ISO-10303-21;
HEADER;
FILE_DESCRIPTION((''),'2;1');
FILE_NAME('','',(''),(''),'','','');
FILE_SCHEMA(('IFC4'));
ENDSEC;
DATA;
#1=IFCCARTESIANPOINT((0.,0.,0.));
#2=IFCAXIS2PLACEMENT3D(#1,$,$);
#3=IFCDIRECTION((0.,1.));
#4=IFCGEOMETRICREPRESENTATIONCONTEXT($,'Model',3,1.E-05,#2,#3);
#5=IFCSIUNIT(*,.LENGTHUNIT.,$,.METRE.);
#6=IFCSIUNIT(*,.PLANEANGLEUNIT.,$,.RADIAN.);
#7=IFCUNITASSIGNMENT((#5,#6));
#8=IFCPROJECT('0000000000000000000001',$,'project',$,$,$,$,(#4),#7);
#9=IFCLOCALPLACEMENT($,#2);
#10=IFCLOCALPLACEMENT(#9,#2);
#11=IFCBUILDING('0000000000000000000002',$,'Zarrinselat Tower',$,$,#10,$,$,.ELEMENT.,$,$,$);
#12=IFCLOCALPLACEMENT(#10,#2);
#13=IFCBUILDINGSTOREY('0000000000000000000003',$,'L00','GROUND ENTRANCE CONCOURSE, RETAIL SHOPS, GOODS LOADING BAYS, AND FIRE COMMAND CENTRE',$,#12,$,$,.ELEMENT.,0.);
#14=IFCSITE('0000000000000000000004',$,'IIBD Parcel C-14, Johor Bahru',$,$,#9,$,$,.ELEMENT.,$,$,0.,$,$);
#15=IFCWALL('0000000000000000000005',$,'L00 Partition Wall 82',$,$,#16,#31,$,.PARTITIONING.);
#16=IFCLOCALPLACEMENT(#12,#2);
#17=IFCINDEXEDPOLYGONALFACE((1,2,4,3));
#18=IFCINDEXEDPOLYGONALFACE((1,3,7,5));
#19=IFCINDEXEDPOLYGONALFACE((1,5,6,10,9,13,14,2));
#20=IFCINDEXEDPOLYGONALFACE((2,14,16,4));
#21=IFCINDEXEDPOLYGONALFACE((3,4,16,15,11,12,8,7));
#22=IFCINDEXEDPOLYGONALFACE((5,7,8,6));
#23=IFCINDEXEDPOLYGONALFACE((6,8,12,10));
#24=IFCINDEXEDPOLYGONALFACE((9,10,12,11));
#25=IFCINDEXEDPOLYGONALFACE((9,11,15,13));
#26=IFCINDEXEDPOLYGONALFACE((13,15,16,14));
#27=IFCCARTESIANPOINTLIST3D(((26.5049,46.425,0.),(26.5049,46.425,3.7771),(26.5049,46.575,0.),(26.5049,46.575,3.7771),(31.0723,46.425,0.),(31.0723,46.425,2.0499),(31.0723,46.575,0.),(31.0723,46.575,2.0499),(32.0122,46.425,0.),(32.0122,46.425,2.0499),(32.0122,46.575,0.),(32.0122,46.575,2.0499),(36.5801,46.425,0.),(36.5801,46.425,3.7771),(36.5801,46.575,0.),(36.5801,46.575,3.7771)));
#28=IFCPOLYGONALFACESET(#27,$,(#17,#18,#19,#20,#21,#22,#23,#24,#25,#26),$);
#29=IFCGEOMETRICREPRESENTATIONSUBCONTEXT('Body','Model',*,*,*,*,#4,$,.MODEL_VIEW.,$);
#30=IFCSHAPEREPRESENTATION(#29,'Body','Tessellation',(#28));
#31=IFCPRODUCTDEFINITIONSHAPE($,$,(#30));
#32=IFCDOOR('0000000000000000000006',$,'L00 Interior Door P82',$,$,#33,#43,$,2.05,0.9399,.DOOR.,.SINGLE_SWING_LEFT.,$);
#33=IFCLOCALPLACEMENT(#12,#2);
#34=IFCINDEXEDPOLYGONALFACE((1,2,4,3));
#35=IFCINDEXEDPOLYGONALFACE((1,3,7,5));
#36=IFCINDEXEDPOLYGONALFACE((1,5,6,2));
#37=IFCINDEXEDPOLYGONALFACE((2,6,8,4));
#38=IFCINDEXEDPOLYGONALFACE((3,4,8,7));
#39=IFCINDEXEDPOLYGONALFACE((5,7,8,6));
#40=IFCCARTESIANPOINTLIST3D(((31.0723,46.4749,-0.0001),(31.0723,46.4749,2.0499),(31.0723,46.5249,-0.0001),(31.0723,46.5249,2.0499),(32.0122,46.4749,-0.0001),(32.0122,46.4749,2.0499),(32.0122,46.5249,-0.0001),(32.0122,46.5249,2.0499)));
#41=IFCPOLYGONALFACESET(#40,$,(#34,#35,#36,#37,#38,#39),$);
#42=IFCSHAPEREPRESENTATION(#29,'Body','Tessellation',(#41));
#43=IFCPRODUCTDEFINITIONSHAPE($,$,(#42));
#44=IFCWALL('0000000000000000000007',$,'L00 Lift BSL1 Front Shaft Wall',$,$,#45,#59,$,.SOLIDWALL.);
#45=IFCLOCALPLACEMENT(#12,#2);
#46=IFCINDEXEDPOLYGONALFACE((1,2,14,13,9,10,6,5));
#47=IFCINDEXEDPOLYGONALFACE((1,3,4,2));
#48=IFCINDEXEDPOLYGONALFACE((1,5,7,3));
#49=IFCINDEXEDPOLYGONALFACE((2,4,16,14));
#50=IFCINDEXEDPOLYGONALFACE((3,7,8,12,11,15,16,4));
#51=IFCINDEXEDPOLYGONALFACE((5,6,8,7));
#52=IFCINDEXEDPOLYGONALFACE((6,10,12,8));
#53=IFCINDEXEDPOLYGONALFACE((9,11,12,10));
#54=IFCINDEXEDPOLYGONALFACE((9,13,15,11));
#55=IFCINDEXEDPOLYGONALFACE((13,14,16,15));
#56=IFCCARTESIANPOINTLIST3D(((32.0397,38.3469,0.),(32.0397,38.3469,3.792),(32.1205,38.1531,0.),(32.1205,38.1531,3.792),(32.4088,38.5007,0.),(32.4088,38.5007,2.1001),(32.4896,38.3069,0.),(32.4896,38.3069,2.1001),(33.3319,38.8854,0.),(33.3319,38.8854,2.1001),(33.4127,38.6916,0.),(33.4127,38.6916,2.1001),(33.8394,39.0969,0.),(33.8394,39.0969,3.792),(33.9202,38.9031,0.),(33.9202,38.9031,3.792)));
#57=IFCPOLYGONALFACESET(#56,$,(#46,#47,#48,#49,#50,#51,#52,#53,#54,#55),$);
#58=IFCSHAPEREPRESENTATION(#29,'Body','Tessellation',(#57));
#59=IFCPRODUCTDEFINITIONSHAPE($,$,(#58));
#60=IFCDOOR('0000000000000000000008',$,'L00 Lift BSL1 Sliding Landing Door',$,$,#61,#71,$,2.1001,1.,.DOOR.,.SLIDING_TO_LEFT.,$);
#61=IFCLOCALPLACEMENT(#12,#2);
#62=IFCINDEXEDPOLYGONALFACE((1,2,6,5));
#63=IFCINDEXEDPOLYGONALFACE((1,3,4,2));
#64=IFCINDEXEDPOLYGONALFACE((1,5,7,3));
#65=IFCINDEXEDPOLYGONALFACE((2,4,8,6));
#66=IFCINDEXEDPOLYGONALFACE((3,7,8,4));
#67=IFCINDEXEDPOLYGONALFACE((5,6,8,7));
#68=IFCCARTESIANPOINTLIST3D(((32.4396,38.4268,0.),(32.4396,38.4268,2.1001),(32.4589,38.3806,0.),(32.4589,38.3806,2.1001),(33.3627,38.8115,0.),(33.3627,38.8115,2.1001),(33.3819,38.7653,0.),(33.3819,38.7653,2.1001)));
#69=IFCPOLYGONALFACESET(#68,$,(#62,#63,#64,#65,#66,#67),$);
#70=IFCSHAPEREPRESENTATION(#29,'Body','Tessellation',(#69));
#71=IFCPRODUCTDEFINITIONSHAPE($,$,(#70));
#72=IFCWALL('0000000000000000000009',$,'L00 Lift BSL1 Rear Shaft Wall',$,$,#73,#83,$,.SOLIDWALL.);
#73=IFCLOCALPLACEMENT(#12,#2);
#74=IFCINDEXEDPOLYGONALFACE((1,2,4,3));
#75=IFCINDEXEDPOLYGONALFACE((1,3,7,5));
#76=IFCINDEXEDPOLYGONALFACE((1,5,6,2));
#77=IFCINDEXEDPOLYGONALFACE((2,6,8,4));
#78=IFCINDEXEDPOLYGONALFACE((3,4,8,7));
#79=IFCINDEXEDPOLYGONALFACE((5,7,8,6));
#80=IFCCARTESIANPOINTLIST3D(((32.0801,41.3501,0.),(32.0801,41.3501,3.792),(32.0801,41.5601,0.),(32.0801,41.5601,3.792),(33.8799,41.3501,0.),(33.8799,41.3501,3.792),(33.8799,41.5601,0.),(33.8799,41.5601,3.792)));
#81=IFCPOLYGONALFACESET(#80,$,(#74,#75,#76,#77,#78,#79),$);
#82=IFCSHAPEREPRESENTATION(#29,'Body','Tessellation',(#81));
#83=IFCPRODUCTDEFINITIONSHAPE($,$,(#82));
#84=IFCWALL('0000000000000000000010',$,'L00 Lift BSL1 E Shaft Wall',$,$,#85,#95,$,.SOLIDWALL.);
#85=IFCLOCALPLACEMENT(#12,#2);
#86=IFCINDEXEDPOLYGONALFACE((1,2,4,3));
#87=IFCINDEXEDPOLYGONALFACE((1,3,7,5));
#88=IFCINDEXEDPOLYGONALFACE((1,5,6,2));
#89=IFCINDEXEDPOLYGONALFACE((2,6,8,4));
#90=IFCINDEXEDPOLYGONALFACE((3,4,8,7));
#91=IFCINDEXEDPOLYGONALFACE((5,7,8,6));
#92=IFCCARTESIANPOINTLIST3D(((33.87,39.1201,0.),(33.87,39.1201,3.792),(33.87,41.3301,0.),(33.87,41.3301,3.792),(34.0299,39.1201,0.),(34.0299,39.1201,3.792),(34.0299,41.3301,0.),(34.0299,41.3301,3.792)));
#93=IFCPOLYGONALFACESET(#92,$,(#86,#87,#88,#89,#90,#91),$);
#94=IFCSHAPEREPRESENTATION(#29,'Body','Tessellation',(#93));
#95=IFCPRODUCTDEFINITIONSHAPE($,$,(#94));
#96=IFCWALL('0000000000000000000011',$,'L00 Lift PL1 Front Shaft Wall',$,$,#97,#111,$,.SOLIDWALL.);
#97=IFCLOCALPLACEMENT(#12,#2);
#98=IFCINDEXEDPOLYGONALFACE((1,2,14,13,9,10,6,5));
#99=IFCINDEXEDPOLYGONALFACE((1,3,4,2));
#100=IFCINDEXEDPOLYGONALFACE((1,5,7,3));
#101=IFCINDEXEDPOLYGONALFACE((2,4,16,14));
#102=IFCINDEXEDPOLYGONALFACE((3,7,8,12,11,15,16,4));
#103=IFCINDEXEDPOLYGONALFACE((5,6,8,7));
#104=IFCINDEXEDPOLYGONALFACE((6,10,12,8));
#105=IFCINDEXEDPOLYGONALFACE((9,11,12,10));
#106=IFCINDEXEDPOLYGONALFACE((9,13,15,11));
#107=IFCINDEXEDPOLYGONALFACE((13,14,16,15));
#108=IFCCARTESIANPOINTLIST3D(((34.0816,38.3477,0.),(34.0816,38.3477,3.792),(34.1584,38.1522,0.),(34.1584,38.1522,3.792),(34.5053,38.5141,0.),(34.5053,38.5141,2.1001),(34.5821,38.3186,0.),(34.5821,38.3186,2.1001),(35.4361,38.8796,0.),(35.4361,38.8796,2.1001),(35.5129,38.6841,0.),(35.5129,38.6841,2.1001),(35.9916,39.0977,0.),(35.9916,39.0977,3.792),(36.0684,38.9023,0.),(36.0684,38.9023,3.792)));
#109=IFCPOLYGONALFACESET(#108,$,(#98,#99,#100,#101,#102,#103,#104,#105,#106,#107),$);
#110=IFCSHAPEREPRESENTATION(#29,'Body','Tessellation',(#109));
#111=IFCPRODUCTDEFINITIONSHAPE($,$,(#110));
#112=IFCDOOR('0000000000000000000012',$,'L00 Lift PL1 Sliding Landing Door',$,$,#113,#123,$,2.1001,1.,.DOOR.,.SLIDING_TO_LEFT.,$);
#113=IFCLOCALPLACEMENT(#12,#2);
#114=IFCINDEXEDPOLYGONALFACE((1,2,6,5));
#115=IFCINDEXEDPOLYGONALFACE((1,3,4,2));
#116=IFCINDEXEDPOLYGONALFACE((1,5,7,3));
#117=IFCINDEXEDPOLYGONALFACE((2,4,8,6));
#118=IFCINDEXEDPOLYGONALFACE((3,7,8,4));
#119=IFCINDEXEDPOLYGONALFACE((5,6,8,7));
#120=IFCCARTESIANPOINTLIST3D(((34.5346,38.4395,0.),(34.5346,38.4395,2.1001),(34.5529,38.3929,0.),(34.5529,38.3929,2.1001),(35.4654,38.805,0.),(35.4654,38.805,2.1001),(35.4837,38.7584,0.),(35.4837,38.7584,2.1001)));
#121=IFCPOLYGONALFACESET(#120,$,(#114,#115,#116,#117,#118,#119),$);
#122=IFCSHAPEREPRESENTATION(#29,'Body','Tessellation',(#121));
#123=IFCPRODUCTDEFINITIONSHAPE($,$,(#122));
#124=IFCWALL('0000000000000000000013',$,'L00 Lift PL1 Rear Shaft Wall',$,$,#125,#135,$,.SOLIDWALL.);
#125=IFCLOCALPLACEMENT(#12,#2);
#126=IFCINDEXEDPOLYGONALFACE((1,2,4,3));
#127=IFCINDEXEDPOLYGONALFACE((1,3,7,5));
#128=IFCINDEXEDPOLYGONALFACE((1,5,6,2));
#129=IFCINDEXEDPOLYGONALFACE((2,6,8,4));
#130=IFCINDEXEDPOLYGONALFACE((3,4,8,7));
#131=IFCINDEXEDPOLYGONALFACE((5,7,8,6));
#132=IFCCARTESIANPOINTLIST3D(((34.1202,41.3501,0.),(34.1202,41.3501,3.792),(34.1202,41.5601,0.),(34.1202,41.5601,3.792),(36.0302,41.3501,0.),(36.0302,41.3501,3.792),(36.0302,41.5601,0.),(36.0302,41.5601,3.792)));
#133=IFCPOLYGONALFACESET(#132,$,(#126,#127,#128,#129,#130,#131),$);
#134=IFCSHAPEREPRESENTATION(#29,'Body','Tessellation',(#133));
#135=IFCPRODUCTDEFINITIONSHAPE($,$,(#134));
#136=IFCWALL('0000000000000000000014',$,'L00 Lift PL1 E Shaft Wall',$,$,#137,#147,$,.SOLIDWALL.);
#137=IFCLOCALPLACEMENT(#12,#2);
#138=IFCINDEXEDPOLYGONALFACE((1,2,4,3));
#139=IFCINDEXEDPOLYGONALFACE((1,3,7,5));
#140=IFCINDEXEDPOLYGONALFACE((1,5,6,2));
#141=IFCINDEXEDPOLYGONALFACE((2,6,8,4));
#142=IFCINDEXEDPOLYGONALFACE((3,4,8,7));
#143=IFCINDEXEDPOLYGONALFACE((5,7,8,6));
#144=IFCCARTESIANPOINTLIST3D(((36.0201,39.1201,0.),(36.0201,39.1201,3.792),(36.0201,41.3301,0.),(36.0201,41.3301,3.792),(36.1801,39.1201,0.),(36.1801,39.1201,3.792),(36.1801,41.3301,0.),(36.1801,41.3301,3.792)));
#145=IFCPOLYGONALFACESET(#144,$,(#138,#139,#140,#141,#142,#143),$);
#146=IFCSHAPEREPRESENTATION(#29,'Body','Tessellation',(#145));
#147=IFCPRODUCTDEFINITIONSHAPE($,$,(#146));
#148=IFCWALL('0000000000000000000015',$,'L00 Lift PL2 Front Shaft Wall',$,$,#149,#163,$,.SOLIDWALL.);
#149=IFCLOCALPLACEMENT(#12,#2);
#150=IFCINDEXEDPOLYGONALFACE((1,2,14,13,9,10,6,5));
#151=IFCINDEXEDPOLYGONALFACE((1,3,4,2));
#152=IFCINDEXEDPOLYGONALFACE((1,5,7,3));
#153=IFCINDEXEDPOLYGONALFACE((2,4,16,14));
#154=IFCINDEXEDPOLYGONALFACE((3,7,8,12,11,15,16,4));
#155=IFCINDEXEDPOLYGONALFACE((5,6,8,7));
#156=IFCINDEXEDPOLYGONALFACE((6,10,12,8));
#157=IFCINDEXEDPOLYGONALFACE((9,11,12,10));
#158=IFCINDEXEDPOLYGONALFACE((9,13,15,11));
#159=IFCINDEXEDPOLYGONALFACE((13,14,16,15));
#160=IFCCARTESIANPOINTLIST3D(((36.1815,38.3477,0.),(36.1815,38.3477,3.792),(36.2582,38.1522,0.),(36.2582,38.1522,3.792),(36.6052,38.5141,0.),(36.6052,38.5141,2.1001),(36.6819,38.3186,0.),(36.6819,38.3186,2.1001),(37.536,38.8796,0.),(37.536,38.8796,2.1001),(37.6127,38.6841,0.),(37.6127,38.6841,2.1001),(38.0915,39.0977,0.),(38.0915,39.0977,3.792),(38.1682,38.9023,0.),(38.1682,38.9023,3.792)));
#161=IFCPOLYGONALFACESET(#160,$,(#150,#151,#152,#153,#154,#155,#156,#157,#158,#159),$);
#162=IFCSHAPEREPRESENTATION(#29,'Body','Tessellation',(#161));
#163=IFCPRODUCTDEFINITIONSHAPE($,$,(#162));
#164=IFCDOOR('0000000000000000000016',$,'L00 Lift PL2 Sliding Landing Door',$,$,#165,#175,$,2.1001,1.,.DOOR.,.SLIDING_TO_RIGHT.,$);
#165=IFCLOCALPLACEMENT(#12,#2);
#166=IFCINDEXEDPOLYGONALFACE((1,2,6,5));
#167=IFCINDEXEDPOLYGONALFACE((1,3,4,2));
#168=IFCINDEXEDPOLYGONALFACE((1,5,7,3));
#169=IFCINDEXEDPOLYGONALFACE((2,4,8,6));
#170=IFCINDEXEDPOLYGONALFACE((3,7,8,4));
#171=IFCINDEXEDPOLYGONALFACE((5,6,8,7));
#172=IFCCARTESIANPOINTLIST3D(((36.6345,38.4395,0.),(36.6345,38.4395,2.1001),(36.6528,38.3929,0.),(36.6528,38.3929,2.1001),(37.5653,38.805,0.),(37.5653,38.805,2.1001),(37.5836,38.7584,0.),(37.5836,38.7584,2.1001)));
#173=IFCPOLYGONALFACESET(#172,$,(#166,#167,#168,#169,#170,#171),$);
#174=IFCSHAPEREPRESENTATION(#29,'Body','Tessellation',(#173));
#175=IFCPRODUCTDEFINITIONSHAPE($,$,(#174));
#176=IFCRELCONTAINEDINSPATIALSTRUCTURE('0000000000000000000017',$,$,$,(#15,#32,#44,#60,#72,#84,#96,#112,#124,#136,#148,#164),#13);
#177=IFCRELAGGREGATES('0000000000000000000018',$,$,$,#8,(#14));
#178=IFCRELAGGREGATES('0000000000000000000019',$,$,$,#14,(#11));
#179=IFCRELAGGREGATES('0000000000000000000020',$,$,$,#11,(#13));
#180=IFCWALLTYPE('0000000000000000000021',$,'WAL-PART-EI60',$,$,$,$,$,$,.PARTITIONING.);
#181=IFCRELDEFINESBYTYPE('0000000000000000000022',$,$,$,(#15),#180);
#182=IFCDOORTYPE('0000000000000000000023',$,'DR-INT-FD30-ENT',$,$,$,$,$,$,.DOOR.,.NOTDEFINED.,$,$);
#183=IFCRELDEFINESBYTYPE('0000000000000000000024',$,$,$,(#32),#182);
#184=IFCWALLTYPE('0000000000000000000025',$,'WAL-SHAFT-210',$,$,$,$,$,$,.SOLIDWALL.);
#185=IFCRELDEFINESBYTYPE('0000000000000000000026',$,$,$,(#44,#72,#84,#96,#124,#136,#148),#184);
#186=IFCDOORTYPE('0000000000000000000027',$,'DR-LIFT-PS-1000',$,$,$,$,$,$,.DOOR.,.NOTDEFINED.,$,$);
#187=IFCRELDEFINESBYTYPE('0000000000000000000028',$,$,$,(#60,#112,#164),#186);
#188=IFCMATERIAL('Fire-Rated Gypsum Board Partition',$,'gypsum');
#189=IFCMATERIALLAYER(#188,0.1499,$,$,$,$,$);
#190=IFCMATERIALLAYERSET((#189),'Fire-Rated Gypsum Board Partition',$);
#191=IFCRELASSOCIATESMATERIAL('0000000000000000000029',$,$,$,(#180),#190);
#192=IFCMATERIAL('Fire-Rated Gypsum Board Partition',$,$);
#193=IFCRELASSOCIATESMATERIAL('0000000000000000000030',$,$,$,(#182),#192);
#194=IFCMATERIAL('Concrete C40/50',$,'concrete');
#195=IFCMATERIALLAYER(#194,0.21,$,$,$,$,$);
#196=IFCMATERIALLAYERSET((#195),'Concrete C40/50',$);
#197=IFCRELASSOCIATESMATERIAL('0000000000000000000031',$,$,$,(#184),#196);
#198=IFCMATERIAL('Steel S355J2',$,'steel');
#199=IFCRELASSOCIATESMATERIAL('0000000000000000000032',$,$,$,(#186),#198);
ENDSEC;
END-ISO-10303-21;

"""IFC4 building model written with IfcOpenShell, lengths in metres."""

from ifc_helpers import new_model, si_unit, direction, frame, frame_2d, origin, place, context, subcontext, project, spatial, rectangle, extrude, material, layer, layer_set, type_object, element, fill, save


model = new_model("IFC4")

# Units and contexts
model_context = context("Model", 3, precision=1e-05, world=origin(), true_north=direction((0.0, 1.0)))
body_context = subcontext(model_context, "Body", "Model", "MODEL_VIEW")
ifc_project = project(units=[si_unit("LENGTHUNIT", "METRE"), si_unit("PLANEANGLEUNIT", "RADIAN")], contexts=[model_context])

# Site, building, storey
site_placement = place(None, origin())
site = spatial("IfcSite", under=ifc_project, at=site_placement, Name="IIBD Parcel C-14, Johor Bahru", CompositionType="ELEMENT", RefElevation=0.0)
building_placement = place(site_placement, origin())
building = spatial("IfcBuilding", under=site, at=building_placement, Name="Zarrinselat Tower", CompositionType="ELEMENT")
storey_placement = place(building_placement, origin())
storey = spatial("IfcBuildingStorey", under=building, at=storey_placement, Name="L00", Description="GROUND ENTRANCE CONCOURSE, RETAIL SHOPS, GOODS LOADING BAYS, AND FIRE COMMAND CENTRE", CompositionType="ELEMENT", Elevation=0.0)

# Walls, openings, doors
ifc_material_1 = material(Name="Fire-Rated Gypsum Board Partition", Category="gypsum")
ifc_layer_1 = layer(ifc_material_1, 0.1499)
ifc_layer_set_1 = layer_set([ifc_layer_1], Name="Fire-Rated Gypsum Board Partition")
wall_type_1 = type_object("IfcWallType", Name="WAL-PART-EI60", PredefinedType="PARTITIONING", material=ifc_layer_set_1)
wall_1_placement = place(storey_placement, frame((26.5049, 46.5, 0.0), z_axis=(0.0, 0.0, 1.0), x_axis=(1.0, 0.0, 0.0)))
wall_1 = element("IfcWall", 1, at=wall_1_placement, inside=storey, type_object=wall_type_1, Name="L00 Partition Wall 82", PredefinedType="PARTITIONING", context=body_context, shape_type="SweptSolid", body=[
    extrude(rectangle(XDim=10.0752, YDim=0.1499, at=frame_2d((5.0376, 0.0))), origin(), (0.0, 0.0, 1.0), 3.7771),
])
opening_1_placement = place(wall_1_placement, frame((4.5674, 0.0, 0.0)))
opening_1 = element("IfcOpeningElement", 2, at=opening_1_placement, cuts=wall_1, PredefinedType="OPENING", context=body_context, shape_type="SweptSolid", body=[
    extrude(rectangle(XDim=0.9399, YDim=2.05, at=frame_2d((0.47, 1.0249))), frame((0.0, 0.085, 0.0), z_axis=(0.0, -1.0, 0.0), x_axis=(1.0, 0.0, 0.0)), (0.0, 0.0, 1.0), 0.1699),
])
ifc_material_2 = material(Name="Fire-Rated Gypsum Board Partition")
door_type_1 = type_object("IfcDoorType", Name="DR-INT-FD30-ENT", OperationType="NOTDEFINED", PredefinedType="DOOR", material=ifc_material_2)
door_1_placement = place(opening_1_placement, origin())
door_1 = element("IfcDoor", 3, at=door_1_placement, inside=storey, type_object=door_type_1, Name="L00 Interior Door P82", OperationType="SINGLE_SWING_LEFT", OverallHeight=2.05, OverallWidth=0.9399, PredefinedType="DOOR", context=body_context, shape_type="SweptSolid", body=[
    extrude(rectangle(XDim=0.9399, YDim=2.05, at=frame_2d((0.47, 1.0249))), frame((0.0, 0.0249, 0.0), z_axis=(0.0, -1.0, 0.0), x_axis=(1.0, 0.0, 0.0)), (0.0, 0.0, 1.0), 0.05),
])
fill(opening_1, door_1)
ifc_material_3 = material(Name="Concrete C40/50", Category="concrete")
ifc_layer_2 = layer(ifc_material_3, 0.21)
ifc_layer_set_2 = layer_set([ifc_layer_2], Name="Concrete C40/50")
wall_type_2 = type_object("IfcWallType", Name="WAL-SHAFT-210", PredefinedType="SOLIDWALL", material=ifc_layer_set_2)
wall_2_placement = place(storey_placement, frame((32.0801, 38.25, 0.0), z_axis=(0.0, 0.0, 1.0), x_axis=(0.923062, 0.384651, 0.0)))
wall_2 = element("IfcWall", 4, at=wall_2_placement, inside=storey, type_object=wall_type_2, Name="L00 Lift BSL1 Front Shaft Wall", PredefinedType="SOLIDWALL", context=body_context, shape_type="SweptSolid", body=[
    extrude(rectangle(XDim=1.9497, YDim=0.21, at=frame_2d((0.9749, 0.0))), origin(), (0.0, 0.0, 1.0), 3.792),
])
opening_2_placement = place(wall_2_placement, frame((0.3999, 0.0, 0.0)))
opening_2 = element("IfcOpeningElement", 5, at=opening_2_placement, cuts=wall_2, PredefinedType="OPENING", context=body_context, shape_type="SweptSolid", body=[
    extrude(rectangle(XDim=1.0, YDim=2.1001, at=frame_2d((0.5, 1.05))), frame((0.0, 0.115, 0.0), z_axis=(0.0, -1.0, 0.0), x_axis=(1.0, 0.0, 0.0)), (0.0, 0.0, 1.0), 0.23),
])
ifc_material_4 = material(Name="Steel S355J2", Category="steel")
door_type_2 = type_object("IfcDoorType", Name="DR-LIFT-PS-1000", OperationType="NOTDEFINED", PredefinedType="DOOR", material=ifc_material_4)
door_2_placement = place(opening_2_placement, origin())
door_2 = element("IfcDoor", 6, at=door_2_placement, inside=storey, type_object=door_type_2, Name="L00 Lift BSL1 Sliding Landing Door", OperationType="SLIDING_TO_LEFT", OverallHeight=2.1001, OverallWidth=1.0, PredefinedType="DOOR", context=body_context, shape_type="SweptSolid", body=[
    extrude(rectangle(XDim=1.0, YDim=2.1001, at=frame_2d((0.5, 1.05))), frame((0.0, 0.0249, 0.0), z_axis=(0.0, -1.0, 0.0), x_axis=(1.0, 0.0, 0.0)), (0.0, 0.0, 1.0), 0.05),
])
fill(opening_2, door_2)

# Walls
wall_3_placement = place(storey_placement, frame((32.0801, 41.4551, 0.0), z_axis=(0.0, 0.0, 1.0), x_axis=(1.0, 0.0, 0.0)))
element("IfcWall", 7, at=wall_3_placement, inside=storey, type_object=wall_type_2, Name="L00 Lift BSL1 Rear Shaft Wall", PredefinedType="SOLIDWALL", context=body_context, shape_type="SweptSolid", body=[
    extrude(rectangle(XDim=1.7998, YDim=0.21, at=frame_2d((0.8999, 0.0))), origin(), (0.0, 0.0, 1.0), 3.792),
])
wall_4_placement = place(storey_placement, frame((33.95, 39.1201, 0.0), z_axis=(0.0, 0.0, 1.0), x_axis=(0.0, 1.0, 0.0)))
element("IfcWall", 8, at=wall_4_placement, inside=storey, type_object=wall_type_2, Name="L00 Lift BSL1 E Shaft Wall", PredefinedType="SOLIDWALL", context=body_context, shape_type="SweptSolid", body=[
    extrude(rectangle(XDim=2.21, YDim=0.1599, at=frame_2d((1.105, 0.0))), origin(), (0.0, 0.0, 1.0), 3.792),
])

# Wall, opening, door
wall_5_placement = place(storey_placement, frame((34.1201, 38.25, 0.0), z_axis=(0.0, 0.0, 1.0), x_axis=(0.930805, 0.365516, 0.0)))
wall_5 = element("IfcWall", 9, at=wall_5_placement, inside=storey, type_object=wall_type_2, Name="L00 Lift PL1 Front Shaft Wall", PredefinedType="SOLIDWALL", context=body_context, shape_type="SweptSolid", body=[
    extrude(rectangle(XDim=2.052, YDim=0.21, at=frame_2d((1.0259, 0.0))), origin(), (0.0, 0.0, 1.0), 3.792),
])
opening_3_placement = place(wall_5_placement, frame((0.4551, 0.0, 0.0)))
opening_3 = element("IfcOpeningElement", 10, at=opening_3_placement, cuts=wall_5, PredefinedType="OPENING", context=body_context, shape_type="SweptSolid", body=[
    extrude(rectangle(XDim=1.0, YDim=2.1001, at=frame_2d((0.5, 1.05))), frame((0.0, 0.115, 0.0), z_axis=(0.0, -1.0, 0.0), x_axis=(1.0, 0.0, 0.0)), (0.0, 0.0, 1.0), 0.23),
])
door_3_placement = place(opening_3_placement, origin())
door_3 = element("IfcDoor", 11, at=door_3_placement, inside=storey, type_object=door_type_2, Name="L00 Lift PL1 Sliding Landing Door", OperationType="SLIDING_TO_LEFT", OverallHeight=2.1001, OverallWidth=1.0, PredefinedType="DOOR", context=body_context, shape_type="SweptSolid", body=[
    extrude(rectangle(XDim=1.0, YDim=2.1001, at=frame_2d((0.5, 1.05))), frame((0.0, 0.0249, 0.0), z_axis=(0.0, -1.0, 0.0), x_axis=(1.0, 0.0, 0.0)), (0.0, 0.0, 1.0), 0.05),
])
fill(opening_3, door_3)

# Walls
wall_6_placement = place(storey_placement, frame((34.1201, 41.4551, 0.0), z_axis=(0.0, 0.0, 1.0), x_axis=(1.0, 0.0, 0.0)))
element("IfcWall", 12, at=wall_6_placement, inside=storey, type_object=wall_type_2, Name="L00 Lift PL1 Rear Shaft Wall", PredefinedType="SOLIDWALL", context=body_context, shape_type="SweptSolid", body=[
    extrude(rectangle(XDim=1.9099, YDim=0.21, at=frame_2d((0.9551, 0.0))), origin(), (0.0, 0.0, 1.0), 3.792),
])
wall_7_placement = place(storey_placement, frame((36.1001, 39.1201, 0.0), z_axis=(0.0, 0.0, 1.0), x_axis=(0.0, 1.0, 0.0)))
element("IfcWall", 13, at=wall_7_placement, inside=storey, type_object=wall_type_2, Name="L00 Lift PL1 E Shaft Wall", PredefinedType="SOLIDWALL", context=body_context, shape_type="SweptSolid", body=[
    extrude(rectangle(XDim=2.21, YDim=0.1599, at=frame_2d((1.105, 0.0))), origin(), (0.0, 0.0, 1.0), 3.792),
])

# Wall, opening, door
wall_8_placement = place(storey_placement, frame((36.22, 38.25, 0.0), z_axis=(0.0, 0.0, 1.0), x_axis=(0.930805, 0.365516, 0.0)))
wall_8 = element("IfcWall", 14, at=wall_8_placement, inside=storey, type_object=wall_type_2, Name="L00 Lift PL2 Front Shaft Wall", PredefinedType="SOLIDWALL", context=body_context, shape_type="SweptSolid", body=[
    extrude(rectangle(XDim=2.052, YDim=0.21, at=frame_2d((1.0259, 0.0))), origin(), (0.0, 0.0, 1.0), 3.792),
])
opening_4_placement = place(wall_8_placement, frame((0.4551, 0.0, 0.0)))
opening_4 = element("IfcOpeningElement", 15, at=opening_4_placement, cuts=wall_8, PredefinedType="OPENING", context=body_context, shape_type="SweptSolid", body=[
    extrude(rectangle(XDim=1.0, YDim=2.1001, at=frame_2d((0.5, 1.05))), frame((0.0, 0.115, 0.0), z_axis=(0.0, -1.0, 0.0), x_axis=(1.0, 0.0, 0.0)), (0.0, 0.0, 1.0), 0.23),
])
door_4_placement = place(opening_4_placement, origin())
door_4 = element("IfcDoor", 16, at=door_4_placement, inside=storey, type_object=door_type_2, Name="L00 Lift PL2 Sliding Landing Door", OperationType="SLIDING_TO_RIGHT", OverallHeight=2.1001, OverallWidth=1.0, PredefinedType="DOOR", context=body_context, shape_type="SweptSolid", body=[
    extrude(rectangle(XDim=1.0, YDim=2.1001, at=frame_2d((0.5, 1.05))), frame((0.0, 0.0249, 0.0), z_axis=(0.0, -1.0, 0.0), x_axis=(1.0, 0.0, 0.0)), (0.0, 0.0, 1.0), 0.05),
])
fill(opening_4, door_4)

save(model, "model.ifc")
